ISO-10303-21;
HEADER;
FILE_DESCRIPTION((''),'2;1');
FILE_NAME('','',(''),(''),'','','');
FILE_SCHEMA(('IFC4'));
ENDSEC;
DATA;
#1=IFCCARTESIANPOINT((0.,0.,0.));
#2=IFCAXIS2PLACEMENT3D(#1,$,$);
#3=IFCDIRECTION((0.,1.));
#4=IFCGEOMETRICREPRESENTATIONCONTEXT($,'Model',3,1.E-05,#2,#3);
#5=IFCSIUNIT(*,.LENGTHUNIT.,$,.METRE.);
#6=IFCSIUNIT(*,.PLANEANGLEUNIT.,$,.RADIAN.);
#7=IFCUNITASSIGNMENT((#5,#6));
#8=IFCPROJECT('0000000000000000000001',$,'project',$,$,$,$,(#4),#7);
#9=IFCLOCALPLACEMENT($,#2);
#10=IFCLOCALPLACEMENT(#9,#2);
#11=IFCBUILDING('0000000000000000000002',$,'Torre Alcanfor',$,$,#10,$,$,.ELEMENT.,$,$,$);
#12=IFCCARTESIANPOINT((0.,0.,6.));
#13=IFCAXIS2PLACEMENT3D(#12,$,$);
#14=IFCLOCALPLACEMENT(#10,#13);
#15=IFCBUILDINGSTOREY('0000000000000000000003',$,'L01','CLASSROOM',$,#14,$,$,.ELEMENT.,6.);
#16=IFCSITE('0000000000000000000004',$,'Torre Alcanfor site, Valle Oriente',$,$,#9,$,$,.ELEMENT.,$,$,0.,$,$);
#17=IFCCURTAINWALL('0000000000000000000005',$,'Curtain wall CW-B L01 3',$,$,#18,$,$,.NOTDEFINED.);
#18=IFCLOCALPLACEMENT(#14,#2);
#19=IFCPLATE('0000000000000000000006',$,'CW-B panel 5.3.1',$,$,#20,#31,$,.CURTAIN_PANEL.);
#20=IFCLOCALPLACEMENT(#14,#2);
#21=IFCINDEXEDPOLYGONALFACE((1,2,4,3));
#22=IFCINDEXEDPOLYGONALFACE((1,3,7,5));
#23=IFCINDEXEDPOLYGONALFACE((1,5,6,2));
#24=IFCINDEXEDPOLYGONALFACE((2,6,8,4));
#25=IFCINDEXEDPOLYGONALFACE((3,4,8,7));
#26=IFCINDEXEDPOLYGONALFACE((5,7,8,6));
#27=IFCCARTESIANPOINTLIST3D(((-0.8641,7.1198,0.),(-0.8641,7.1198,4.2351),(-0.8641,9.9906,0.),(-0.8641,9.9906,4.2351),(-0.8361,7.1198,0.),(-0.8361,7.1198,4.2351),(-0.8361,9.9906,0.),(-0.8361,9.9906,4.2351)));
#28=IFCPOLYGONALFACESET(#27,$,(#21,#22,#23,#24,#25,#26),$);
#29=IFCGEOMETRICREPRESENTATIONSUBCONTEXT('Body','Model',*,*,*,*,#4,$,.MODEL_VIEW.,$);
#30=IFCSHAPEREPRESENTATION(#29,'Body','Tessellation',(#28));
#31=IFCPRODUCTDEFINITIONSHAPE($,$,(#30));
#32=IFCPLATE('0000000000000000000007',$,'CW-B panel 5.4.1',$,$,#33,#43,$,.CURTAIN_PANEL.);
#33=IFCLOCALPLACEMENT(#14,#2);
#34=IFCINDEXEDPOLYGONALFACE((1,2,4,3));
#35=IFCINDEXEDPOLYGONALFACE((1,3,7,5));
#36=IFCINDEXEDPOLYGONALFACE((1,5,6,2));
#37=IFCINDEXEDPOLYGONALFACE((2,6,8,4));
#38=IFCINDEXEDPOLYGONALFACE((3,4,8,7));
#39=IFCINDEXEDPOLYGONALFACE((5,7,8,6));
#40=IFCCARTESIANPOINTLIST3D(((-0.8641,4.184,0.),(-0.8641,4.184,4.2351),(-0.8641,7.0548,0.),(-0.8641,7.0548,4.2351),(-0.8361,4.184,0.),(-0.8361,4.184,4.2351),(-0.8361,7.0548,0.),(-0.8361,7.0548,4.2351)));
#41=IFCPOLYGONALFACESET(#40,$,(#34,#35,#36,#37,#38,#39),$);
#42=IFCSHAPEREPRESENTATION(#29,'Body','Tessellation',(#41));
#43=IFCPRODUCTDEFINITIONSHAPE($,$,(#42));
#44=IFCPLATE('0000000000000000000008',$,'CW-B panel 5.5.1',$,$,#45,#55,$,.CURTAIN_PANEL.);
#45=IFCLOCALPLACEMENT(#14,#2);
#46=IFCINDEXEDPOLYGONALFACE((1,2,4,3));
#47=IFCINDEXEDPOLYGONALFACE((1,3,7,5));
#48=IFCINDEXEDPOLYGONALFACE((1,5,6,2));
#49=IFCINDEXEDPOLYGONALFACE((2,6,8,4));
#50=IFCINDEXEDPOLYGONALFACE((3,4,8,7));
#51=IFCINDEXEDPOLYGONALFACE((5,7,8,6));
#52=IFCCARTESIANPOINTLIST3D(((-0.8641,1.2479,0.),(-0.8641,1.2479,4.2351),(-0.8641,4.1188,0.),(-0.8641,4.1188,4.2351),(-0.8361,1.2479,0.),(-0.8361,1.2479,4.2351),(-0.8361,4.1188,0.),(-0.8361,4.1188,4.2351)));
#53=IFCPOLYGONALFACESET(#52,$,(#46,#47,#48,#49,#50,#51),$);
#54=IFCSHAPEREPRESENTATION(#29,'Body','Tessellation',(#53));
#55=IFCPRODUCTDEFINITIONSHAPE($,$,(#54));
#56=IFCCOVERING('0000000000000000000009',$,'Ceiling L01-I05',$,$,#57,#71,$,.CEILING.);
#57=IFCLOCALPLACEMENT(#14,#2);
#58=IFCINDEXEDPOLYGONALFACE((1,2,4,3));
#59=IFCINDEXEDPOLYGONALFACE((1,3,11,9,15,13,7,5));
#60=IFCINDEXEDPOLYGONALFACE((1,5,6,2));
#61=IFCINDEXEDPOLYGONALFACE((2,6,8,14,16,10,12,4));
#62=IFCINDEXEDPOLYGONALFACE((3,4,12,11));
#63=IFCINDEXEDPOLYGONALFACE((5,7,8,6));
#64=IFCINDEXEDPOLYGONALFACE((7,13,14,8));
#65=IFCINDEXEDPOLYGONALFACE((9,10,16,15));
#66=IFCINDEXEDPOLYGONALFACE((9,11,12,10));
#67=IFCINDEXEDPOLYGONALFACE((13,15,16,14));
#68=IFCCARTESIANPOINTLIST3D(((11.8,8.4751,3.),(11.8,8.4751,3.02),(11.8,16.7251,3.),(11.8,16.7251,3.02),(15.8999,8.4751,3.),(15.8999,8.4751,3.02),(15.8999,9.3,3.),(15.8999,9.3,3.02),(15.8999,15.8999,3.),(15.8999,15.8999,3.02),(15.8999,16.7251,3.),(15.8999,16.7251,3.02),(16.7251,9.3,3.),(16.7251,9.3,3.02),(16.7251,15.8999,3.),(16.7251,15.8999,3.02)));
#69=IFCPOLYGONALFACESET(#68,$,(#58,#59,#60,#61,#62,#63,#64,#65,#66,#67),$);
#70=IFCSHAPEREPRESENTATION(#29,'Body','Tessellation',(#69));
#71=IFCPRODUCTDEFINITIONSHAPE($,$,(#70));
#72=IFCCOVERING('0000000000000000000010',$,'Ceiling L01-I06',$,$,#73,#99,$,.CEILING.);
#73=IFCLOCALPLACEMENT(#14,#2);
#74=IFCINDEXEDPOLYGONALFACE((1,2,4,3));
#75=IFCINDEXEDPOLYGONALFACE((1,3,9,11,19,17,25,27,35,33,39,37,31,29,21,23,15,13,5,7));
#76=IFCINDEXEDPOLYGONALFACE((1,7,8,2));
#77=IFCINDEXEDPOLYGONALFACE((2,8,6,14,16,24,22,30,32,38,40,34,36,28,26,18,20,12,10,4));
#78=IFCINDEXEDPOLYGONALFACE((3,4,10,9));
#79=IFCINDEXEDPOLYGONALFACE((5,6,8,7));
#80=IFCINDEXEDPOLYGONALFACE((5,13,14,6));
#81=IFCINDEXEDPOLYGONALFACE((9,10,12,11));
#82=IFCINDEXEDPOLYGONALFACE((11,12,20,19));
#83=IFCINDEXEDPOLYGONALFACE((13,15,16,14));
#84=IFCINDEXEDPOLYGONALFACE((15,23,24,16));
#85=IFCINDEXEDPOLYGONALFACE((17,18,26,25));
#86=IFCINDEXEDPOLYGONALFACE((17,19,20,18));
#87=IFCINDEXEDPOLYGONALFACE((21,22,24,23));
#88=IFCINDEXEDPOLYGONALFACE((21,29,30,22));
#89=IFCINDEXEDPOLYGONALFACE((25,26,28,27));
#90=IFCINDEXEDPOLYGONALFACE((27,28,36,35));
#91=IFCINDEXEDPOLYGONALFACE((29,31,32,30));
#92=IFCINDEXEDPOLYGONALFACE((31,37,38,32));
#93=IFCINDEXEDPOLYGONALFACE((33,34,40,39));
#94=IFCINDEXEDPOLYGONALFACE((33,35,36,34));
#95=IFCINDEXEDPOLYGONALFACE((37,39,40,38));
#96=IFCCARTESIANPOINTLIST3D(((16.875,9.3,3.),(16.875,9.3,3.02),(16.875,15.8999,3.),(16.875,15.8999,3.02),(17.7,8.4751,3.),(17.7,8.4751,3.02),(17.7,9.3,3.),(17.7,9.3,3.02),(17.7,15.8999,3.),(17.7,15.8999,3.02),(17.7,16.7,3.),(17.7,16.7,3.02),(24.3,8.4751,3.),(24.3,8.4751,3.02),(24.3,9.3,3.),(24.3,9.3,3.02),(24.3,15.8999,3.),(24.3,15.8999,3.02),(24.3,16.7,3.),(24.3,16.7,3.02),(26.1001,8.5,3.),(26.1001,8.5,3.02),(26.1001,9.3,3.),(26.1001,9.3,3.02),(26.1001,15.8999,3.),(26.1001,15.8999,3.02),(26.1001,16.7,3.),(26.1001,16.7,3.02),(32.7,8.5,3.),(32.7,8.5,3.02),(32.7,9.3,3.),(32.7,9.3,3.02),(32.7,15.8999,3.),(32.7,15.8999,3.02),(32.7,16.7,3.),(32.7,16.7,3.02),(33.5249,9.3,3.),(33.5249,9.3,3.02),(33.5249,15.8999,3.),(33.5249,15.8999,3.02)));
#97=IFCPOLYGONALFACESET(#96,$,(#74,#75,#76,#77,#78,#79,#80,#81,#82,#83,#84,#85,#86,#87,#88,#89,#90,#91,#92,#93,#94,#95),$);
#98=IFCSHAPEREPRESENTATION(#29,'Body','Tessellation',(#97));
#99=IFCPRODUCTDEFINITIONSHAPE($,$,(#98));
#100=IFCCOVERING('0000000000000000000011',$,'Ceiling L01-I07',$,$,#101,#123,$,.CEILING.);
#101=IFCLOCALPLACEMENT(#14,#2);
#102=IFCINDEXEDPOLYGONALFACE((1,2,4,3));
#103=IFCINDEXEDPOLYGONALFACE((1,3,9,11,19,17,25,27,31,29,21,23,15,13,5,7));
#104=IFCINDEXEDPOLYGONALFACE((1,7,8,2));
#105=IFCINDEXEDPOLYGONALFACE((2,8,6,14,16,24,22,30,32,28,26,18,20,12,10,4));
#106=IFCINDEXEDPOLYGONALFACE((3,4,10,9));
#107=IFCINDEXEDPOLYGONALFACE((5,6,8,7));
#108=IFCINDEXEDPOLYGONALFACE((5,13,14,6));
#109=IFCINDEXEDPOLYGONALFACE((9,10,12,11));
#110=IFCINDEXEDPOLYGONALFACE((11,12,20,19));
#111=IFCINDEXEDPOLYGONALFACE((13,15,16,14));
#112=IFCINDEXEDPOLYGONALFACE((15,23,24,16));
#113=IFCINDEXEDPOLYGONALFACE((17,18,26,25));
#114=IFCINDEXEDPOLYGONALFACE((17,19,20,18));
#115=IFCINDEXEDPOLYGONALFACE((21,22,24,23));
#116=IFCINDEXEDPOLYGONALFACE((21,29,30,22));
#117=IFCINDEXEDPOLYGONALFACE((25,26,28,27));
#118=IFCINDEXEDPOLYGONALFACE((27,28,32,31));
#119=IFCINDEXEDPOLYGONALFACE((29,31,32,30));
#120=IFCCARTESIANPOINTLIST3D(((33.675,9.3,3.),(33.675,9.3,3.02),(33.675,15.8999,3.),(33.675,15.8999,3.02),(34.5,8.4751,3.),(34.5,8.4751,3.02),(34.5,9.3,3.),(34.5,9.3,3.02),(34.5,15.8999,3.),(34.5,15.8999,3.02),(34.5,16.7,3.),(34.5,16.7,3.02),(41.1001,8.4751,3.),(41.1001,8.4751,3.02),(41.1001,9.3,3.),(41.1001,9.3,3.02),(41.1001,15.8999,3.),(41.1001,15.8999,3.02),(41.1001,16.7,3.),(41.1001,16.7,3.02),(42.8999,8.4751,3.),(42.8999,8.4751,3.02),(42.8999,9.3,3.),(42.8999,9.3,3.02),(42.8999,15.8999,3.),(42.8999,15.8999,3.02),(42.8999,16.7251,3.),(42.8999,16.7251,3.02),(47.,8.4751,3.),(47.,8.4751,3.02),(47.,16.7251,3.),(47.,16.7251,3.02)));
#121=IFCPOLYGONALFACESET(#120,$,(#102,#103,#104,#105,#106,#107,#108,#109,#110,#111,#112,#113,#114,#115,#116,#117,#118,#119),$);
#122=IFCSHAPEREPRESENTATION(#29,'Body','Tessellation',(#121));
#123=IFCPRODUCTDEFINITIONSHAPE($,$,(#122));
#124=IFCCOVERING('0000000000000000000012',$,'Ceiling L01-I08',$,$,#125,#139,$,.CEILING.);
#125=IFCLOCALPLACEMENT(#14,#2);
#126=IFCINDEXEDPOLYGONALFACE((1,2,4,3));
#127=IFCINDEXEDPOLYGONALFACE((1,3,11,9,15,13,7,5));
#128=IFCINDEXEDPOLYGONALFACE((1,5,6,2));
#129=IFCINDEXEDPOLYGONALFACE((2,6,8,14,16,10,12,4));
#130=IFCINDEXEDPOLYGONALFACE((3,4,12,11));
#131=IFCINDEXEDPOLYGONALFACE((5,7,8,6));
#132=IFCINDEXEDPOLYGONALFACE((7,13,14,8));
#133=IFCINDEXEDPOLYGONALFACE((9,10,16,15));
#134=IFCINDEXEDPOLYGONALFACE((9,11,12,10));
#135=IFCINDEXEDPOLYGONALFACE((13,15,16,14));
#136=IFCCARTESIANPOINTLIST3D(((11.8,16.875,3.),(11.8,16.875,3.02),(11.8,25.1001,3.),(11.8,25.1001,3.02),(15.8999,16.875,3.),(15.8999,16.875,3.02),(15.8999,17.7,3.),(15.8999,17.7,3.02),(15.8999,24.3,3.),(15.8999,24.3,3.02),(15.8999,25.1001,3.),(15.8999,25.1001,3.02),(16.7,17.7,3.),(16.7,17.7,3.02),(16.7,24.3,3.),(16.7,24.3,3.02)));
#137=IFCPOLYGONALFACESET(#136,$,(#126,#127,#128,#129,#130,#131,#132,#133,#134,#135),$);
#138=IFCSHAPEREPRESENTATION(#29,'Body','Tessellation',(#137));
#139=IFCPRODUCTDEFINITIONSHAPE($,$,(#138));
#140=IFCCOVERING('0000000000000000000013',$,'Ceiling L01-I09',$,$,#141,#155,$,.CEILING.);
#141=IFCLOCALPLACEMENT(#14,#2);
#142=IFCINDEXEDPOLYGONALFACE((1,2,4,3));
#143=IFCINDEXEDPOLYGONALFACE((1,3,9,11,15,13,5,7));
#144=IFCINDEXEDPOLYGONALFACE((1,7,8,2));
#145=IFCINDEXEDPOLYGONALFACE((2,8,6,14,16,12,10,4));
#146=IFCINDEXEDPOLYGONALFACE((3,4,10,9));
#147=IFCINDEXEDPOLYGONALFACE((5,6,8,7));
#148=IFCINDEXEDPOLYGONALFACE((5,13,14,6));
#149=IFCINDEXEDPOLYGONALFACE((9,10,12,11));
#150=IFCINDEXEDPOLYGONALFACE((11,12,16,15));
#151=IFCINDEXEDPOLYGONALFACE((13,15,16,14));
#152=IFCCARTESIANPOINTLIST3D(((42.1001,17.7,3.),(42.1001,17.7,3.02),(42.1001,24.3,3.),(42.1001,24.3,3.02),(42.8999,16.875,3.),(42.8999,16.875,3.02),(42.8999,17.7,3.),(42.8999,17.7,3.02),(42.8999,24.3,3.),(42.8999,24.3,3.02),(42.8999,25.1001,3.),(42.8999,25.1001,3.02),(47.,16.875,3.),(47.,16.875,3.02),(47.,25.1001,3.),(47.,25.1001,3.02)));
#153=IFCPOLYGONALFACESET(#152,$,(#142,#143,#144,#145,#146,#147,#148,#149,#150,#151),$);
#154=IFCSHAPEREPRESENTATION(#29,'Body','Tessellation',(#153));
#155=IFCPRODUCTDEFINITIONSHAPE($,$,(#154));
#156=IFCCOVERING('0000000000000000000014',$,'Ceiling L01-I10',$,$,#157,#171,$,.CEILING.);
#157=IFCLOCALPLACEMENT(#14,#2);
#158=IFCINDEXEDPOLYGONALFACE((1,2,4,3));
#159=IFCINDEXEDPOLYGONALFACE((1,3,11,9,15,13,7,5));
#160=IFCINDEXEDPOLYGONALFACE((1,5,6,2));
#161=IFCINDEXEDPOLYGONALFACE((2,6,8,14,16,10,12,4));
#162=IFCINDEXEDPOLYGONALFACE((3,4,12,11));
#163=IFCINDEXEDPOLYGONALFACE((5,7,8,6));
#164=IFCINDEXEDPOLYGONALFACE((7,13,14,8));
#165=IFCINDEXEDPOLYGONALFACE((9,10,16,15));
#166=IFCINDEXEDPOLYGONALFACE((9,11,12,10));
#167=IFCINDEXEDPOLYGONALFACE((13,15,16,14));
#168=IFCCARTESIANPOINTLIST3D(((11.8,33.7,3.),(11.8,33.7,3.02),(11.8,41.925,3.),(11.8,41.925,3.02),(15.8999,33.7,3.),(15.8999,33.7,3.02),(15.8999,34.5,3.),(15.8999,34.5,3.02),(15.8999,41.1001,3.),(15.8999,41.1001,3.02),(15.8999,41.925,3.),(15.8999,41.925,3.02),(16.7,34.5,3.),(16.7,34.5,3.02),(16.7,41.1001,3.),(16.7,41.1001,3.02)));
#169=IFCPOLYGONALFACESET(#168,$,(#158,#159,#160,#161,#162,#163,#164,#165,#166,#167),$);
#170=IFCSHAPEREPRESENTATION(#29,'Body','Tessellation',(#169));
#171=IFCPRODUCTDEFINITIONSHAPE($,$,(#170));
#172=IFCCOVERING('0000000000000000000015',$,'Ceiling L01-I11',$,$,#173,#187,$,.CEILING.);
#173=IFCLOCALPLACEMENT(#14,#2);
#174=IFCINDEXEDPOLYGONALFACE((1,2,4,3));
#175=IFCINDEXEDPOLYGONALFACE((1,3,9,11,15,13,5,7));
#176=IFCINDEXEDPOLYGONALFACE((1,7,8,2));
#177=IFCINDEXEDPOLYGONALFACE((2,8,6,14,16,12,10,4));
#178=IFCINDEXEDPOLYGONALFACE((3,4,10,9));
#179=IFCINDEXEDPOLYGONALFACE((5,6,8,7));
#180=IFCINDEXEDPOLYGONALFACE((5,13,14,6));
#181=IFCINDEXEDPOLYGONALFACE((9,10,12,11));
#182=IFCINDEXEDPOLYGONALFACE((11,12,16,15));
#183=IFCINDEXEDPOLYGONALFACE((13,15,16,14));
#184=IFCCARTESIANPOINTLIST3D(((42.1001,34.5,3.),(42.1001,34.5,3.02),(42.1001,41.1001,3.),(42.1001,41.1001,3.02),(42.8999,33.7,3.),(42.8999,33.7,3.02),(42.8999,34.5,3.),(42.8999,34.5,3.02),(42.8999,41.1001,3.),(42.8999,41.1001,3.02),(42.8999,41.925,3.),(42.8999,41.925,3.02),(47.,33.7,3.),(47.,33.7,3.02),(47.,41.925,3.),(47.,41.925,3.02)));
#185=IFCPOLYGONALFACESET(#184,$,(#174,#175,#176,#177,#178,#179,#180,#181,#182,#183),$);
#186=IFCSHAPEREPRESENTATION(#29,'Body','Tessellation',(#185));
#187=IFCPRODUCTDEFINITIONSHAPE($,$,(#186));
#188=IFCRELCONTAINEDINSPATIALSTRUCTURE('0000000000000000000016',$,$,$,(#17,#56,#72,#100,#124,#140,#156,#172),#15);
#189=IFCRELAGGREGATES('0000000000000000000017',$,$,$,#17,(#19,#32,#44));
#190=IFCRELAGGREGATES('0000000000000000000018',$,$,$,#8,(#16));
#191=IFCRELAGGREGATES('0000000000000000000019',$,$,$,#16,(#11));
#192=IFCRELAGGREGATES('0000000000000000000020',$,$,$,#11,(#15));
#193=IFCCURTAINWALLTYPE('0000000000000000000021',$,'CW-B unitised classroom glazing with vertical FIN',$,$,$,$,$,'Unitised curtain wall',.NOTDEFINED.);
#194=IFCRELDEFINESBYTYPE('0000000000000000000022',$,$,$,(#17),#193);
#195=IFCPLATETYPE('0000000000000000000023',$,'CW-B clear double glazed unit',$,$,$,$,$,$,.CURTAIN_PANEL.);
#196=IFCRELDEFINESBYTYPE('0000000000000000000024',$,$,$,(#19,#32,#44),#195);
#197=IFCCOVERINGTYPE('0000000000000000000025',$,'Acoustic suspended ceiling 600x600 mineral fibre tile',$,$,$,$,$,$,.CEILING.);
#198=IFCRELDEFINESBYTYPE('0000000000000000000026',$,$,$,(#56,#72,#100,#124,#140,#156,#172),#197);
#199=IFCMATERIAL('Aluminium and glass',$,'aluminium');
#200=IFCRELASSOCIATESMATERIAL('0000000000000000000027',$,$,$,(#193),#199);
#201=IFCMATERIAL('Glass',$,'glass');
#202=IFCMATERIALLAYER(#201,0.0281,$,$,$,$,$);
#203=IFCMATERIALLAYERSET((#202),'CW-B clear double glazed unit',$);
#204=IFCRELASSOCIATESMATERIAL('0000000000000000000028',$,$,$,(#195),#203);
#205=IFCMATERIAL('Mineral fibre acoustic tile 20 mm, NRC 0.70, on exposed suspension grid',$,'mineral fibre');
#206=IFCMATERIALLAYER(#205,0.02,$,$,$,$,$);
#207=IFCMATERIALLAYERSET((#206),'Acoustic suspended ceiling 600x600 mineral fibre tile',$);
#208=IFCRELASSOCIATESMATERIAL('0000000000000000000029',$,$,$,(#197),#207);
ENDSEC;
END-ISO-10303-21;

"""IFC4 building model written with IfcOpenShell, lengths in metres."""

from ifc_helpers import new_model, si_unit, direction, frame, origin, origin_2d, place, context, subcontext, project, spatial, polyline, rectangle, outline, extrude, material, layer, layer_set, type_object, element, aggregate, save


model = new_model("IFC4")

# Units and contexts
model_context = context("Model", 3, precision=1e-05, world=origin(), true_north=direction((0.0, 1.0)))
body_context = subcontext(model_context, "Body", "Model", "MODEL_VIEW")
ifc_project = project(units=[si_unit("LENGTHUNIT", "METRE"), si_unit("PLANEANGLEUNIT", "RADIAN")], contexts=[model_context])

# Site, building, storey
site_placement = place(None, origin())
site = spatial("IfcSite", under=ifc_project, at=site_placement, Name="Torre Alcanfor site, Valle Oriente", CompositionType="ELEMENT", RefElevation=0.0)
building_placement = place(site_placement, origin())
building = spatial("IfcBuilding", under=site, at=building_placement, Name="Torre Alcanfor", CompositionType="ELEMENT")
storey_placement = place(building_placement, frame((0.0, 0.0, 6.0)))
storey = spatial("IfcBuildingStorey", under=building, at=storey_placement, Name="L01", Description="CLASSROOM", CompositionType="ELEMENT", Elevation=6.0)

# Curtain wall, plates
ifc_material_1 = material(Name="Aluminium and glass", Category="aluminium")
curtain_wall_type = type_object("IfcCurtainWallType", Name="CW-B unitised classroom glazing with vertical FIN", ElementType="Unitised curtain wall", PredefinedType="NOTDEFINED", material=ifc_material_1)
curtain_wall_placement = place(storey_placement, origin())
curtain_wall = element("IfcCurtainWall", 1, at=curtain_wall_placement, inside=storey, type_object=curtain_wall_type, Name="Curtain wall CW-B L01 3", PredefinedType="NOTDEFINED")
ifc_material_2 = material(Name="Glass", Category="glass")
ifc_layer_1 = layer(ifc_material_2, 0.0281)
ifc_layer_set_1 = layer_set([ifc_layer_1], Name="CW-B clear double glazed unit")
plate_type = type_object("IfcPlateType", Name="CW-B clear double glazed unit", PredefinedType="CURTAIN_PANEL", material=ifc_layer_set_1)
plate_1_placement = place(storey_placement, frame((-0.8501, 8.5552, 0.0), z_axis=(0.0, 0.0, 1.0), x_axis=(0.0, -1.0, 0.0)))
plate_1 = element("IfcPlate", 2, at=plate_1_placement, type_object=plate_type, Name="CW-B panel 5.3.1", PredefinedType="CURTAIN_PANEL", context=body_context, shape_type="SweptSolid", body=[
    extrude(rectangle(XDim=2.8708, YDim=0.0281, at=origin_2d()), origin(), (0.0, 0.0, 1.0), 4.2351),
])
plate_2_placement = place(storey_placement, frame((-0.8501, 5.6194, 0.0), z_axis=(0.0, 0.0, 1.0), x_axis=(0.0, -1.0, 0.0)))
plate_2 = element("IfcPlate", 3, at=plate_2_placement, type_object=plate_type, Name="CW-B panel 5.4.1", PredefinedType="CURTAIN_PANEL", context=body_context, shape_type="SweptSolid", body=[
    extrude(rectangle(XDim=2.8708, YDim=0.0281, at=origin_2d()), origin(), (0.0, 0.0, 1.0), 4.2351),
])
plate_3_placement = place(storey_placement, frame((-0.8501, 2.6833, 0.0), z_axis=(0.0, 0.0, 1.0), x_axis=(0.0, -1.0, 0.0)))
plate_3 = element("IfcPlate", 4, at=plate_3_placement, type_object=plate_type, Name="CW-B panel 5.5.1", PredefinedType="CURTAIN_PANEL", context=body_context, shape_type="SweptSolid", body=[
    extrude(rectangle(XDim=2.8708, YDim=0.0281, at=origin_2d()), origin(), (0.0, 0.0, 1.0), 4.2351),
])
aggregate(curtain_wall, [plate_1, plate_2, plate_3])

# Coverings
ifc_material_3 = material(Name="Mineral fibre acoustic tile 20 mm, NRC 0.70, on exposed suspension grid", Category="mineral fibre")
ifc_layer_2 = layer(ifc_material_3, 0.02)
ifc_layer_set_2 = layer_set([ifc_layer_2], Name="Acoustic suspended ceiling 600x600 mineral fibre tile")
covering_type = type_object("IfcCoveringType", Name="Acoustic suspended ceiling 600x600 mineral fibre tile", PredefinedType="CEILING", material=ifc_layer_set_2)
covering_1_placement = place(storey_placement, frame((0.0, 0.0, 3.0)))
element("IfcCovering", 5, at=covering_1_placement, inside=storey, type_object=covering_type, Name="Ceiling L01-I05", PredefinedType="CEILING", context=body_context, shape_type="SweptSolid", body=[
    extrude(outline(polyline([(16.7251, 15.8999), (15.8999, 15.8999), (15.8999, 16.7251), (11.8, 16.7251), (11.8, 8.4751), (15.8999, 8.4751), (15.8999, 9.3), (16.7251, 9.3), (16.7251, 15.8999)])), origin(), (0.0, 0.0, 1.0), 0.02),
])
covering_2_placement = place(storey_placement, frame((0.0, 0.0, 3.0)))
element("IfcCovering", 6, at=covering_2_placement, inside=storey, type_object=covering_type, Name="Ceiling L01-I06", PredefinedType="CEILING", context=body_context, shape_type="SweptSolid", body=[
    extrude(outline(polyline([(26.1001, 15.8999), (24.3, 15.8999), (24.3, 16.7), (17.7, 16.7), (17.7, 15.8999), (16.875, 15.8999), (16.875, 9.3), (17.7, 9.3), (17.7, 8.4751), (24.3, 8.4751), (24.3, 9.3), (26.1001, 9.3), (26.1001, 8.5), (32.7, 8.5), (32.7, 9.3), (33.5249, 9.3), (33.5249, 15.8999), (32.7, 15.8999), (32.7, 16.7), (26.1001, 16.7), (26.1001, 15.8999)])), origin(), (0.0, 0.0, 1.0), 0.02),
])
covering_3_placement = place(storey_placement, frame((0.0, 0.0, 3.0)))
element("IfcCovering", 7, at=covering_3_placement, inside=storey, type_object=covering_type, Name="Ceiling L01-I07", PredefinedType="CEILING", context=body_context, shape_type="SweptSolid", body=[
    extrude(outline(polyline([(42.8999, 15.8999), (41.1001, 15.8999), (41.1001, 16.7), (34.5, 16.7), (34.5, 15.8999), (33.675, 15.8999), (33.675, 9.3), (34.5, 9.3), (34.5, 8.4751), (41.1001, 8.4751), (41.1001, 9.3), (42.8999, 9.3), (42.8999, 8.4751), (47.0, 8.4751), (47.0, 16.7251), (42.8999, 16.7251), (42.8999, 15.8999)])), origin(), (0.0, 0.0, 1.0), 0.02),
])
covering_4_placement = place(storey_placement, frame((0.0, 0.0, 3.0)))
element("IfcCovering", 8, at=covering_4_placement, inside=storey, type_object=covering_type, Name="Ceiling L01-I08", PredefinedType="CEILING", context=body_context, shape_type="SweptSolid", body=[
    extrude(outline(polyline([(16.7, 24.3), (15.8999, 24.3), (15.8999, 25.1001), (11.8, 25.1001), (11.8, 16.875), (15.8999, 16.875), (15.8999, 17.7), (16.7, 17.7), (16.7, 24.3)])), origin(), (0.0, 0.0, 1.0), 0.02),
])
covering_5_placement = place(storey_placement, frame((0.0, 0.0, 3.0)))
element("IfcCovering", 9, at=covering_5_placement, inside=storey, type_object=covering_type, Name="Ceiling L01-I09", PredefinedType="CEILING", context=body_context, shape_type="SweptSolid", body=[
    extrude(outline(polyline([(42.8999, 25.1001), (42.8999, 24.3), (42.1001, 24.3), (42.1001, 17.7), (42.8999, 17.7), (42.8999, 16.875), (47.0, 16.875), (47.0, 25.1001), (42.8999, 25.1001)])), origin(), (0.0, 0.0, 1.0), 0.02),
])
covering_6_placement = place(storey_placement, frame((0.0, 0.0, 3.0)))
element("IfcCovering", 10, at=covering_6_placement, inside=storey, type_object=covering_type, Name="Ceiling L01-I10", PredefinedType="CEILING", context=body_context, shape_type="SweptSolid", body=[
    extrude(outline(polyline([(15.8999, 33.7), (15.8999, 34.5), (16.7, 34.5), (16.7, 41.1001), (15.8999, 41.1001), (15.8999, 41.925), (11.8, 41.925), (11.8, 33.7), (15.8999, 33.7)])), origin(), (0.0, 0.0, 1.0), 0.02),
])
covering_7_placement = place(storey_placement, frame((0.0, 0.0, 3.0)))
element("IfcCovering", 11, at=covering_7_placement, inside=storey, type_object=covering_type, Name="Ceiling L01-I11", PredefinedType="CEILING", context=body_context, shape_type="SweptSolid", body=[
    extrude(outline(polyline([(42.1001, 34.5), (42.8999, 34.5), (42.8999, 33.7), (47.0, 33.7), (47.0, 41.925), (42.8999, 41.925), (42.8999, 41.1001), (42.1001, 41.1001), (42.1001, 34.5)])), origin(), (0.0, 0.0, 1.0), 0.02),
])

save(model, "model.ifc")
